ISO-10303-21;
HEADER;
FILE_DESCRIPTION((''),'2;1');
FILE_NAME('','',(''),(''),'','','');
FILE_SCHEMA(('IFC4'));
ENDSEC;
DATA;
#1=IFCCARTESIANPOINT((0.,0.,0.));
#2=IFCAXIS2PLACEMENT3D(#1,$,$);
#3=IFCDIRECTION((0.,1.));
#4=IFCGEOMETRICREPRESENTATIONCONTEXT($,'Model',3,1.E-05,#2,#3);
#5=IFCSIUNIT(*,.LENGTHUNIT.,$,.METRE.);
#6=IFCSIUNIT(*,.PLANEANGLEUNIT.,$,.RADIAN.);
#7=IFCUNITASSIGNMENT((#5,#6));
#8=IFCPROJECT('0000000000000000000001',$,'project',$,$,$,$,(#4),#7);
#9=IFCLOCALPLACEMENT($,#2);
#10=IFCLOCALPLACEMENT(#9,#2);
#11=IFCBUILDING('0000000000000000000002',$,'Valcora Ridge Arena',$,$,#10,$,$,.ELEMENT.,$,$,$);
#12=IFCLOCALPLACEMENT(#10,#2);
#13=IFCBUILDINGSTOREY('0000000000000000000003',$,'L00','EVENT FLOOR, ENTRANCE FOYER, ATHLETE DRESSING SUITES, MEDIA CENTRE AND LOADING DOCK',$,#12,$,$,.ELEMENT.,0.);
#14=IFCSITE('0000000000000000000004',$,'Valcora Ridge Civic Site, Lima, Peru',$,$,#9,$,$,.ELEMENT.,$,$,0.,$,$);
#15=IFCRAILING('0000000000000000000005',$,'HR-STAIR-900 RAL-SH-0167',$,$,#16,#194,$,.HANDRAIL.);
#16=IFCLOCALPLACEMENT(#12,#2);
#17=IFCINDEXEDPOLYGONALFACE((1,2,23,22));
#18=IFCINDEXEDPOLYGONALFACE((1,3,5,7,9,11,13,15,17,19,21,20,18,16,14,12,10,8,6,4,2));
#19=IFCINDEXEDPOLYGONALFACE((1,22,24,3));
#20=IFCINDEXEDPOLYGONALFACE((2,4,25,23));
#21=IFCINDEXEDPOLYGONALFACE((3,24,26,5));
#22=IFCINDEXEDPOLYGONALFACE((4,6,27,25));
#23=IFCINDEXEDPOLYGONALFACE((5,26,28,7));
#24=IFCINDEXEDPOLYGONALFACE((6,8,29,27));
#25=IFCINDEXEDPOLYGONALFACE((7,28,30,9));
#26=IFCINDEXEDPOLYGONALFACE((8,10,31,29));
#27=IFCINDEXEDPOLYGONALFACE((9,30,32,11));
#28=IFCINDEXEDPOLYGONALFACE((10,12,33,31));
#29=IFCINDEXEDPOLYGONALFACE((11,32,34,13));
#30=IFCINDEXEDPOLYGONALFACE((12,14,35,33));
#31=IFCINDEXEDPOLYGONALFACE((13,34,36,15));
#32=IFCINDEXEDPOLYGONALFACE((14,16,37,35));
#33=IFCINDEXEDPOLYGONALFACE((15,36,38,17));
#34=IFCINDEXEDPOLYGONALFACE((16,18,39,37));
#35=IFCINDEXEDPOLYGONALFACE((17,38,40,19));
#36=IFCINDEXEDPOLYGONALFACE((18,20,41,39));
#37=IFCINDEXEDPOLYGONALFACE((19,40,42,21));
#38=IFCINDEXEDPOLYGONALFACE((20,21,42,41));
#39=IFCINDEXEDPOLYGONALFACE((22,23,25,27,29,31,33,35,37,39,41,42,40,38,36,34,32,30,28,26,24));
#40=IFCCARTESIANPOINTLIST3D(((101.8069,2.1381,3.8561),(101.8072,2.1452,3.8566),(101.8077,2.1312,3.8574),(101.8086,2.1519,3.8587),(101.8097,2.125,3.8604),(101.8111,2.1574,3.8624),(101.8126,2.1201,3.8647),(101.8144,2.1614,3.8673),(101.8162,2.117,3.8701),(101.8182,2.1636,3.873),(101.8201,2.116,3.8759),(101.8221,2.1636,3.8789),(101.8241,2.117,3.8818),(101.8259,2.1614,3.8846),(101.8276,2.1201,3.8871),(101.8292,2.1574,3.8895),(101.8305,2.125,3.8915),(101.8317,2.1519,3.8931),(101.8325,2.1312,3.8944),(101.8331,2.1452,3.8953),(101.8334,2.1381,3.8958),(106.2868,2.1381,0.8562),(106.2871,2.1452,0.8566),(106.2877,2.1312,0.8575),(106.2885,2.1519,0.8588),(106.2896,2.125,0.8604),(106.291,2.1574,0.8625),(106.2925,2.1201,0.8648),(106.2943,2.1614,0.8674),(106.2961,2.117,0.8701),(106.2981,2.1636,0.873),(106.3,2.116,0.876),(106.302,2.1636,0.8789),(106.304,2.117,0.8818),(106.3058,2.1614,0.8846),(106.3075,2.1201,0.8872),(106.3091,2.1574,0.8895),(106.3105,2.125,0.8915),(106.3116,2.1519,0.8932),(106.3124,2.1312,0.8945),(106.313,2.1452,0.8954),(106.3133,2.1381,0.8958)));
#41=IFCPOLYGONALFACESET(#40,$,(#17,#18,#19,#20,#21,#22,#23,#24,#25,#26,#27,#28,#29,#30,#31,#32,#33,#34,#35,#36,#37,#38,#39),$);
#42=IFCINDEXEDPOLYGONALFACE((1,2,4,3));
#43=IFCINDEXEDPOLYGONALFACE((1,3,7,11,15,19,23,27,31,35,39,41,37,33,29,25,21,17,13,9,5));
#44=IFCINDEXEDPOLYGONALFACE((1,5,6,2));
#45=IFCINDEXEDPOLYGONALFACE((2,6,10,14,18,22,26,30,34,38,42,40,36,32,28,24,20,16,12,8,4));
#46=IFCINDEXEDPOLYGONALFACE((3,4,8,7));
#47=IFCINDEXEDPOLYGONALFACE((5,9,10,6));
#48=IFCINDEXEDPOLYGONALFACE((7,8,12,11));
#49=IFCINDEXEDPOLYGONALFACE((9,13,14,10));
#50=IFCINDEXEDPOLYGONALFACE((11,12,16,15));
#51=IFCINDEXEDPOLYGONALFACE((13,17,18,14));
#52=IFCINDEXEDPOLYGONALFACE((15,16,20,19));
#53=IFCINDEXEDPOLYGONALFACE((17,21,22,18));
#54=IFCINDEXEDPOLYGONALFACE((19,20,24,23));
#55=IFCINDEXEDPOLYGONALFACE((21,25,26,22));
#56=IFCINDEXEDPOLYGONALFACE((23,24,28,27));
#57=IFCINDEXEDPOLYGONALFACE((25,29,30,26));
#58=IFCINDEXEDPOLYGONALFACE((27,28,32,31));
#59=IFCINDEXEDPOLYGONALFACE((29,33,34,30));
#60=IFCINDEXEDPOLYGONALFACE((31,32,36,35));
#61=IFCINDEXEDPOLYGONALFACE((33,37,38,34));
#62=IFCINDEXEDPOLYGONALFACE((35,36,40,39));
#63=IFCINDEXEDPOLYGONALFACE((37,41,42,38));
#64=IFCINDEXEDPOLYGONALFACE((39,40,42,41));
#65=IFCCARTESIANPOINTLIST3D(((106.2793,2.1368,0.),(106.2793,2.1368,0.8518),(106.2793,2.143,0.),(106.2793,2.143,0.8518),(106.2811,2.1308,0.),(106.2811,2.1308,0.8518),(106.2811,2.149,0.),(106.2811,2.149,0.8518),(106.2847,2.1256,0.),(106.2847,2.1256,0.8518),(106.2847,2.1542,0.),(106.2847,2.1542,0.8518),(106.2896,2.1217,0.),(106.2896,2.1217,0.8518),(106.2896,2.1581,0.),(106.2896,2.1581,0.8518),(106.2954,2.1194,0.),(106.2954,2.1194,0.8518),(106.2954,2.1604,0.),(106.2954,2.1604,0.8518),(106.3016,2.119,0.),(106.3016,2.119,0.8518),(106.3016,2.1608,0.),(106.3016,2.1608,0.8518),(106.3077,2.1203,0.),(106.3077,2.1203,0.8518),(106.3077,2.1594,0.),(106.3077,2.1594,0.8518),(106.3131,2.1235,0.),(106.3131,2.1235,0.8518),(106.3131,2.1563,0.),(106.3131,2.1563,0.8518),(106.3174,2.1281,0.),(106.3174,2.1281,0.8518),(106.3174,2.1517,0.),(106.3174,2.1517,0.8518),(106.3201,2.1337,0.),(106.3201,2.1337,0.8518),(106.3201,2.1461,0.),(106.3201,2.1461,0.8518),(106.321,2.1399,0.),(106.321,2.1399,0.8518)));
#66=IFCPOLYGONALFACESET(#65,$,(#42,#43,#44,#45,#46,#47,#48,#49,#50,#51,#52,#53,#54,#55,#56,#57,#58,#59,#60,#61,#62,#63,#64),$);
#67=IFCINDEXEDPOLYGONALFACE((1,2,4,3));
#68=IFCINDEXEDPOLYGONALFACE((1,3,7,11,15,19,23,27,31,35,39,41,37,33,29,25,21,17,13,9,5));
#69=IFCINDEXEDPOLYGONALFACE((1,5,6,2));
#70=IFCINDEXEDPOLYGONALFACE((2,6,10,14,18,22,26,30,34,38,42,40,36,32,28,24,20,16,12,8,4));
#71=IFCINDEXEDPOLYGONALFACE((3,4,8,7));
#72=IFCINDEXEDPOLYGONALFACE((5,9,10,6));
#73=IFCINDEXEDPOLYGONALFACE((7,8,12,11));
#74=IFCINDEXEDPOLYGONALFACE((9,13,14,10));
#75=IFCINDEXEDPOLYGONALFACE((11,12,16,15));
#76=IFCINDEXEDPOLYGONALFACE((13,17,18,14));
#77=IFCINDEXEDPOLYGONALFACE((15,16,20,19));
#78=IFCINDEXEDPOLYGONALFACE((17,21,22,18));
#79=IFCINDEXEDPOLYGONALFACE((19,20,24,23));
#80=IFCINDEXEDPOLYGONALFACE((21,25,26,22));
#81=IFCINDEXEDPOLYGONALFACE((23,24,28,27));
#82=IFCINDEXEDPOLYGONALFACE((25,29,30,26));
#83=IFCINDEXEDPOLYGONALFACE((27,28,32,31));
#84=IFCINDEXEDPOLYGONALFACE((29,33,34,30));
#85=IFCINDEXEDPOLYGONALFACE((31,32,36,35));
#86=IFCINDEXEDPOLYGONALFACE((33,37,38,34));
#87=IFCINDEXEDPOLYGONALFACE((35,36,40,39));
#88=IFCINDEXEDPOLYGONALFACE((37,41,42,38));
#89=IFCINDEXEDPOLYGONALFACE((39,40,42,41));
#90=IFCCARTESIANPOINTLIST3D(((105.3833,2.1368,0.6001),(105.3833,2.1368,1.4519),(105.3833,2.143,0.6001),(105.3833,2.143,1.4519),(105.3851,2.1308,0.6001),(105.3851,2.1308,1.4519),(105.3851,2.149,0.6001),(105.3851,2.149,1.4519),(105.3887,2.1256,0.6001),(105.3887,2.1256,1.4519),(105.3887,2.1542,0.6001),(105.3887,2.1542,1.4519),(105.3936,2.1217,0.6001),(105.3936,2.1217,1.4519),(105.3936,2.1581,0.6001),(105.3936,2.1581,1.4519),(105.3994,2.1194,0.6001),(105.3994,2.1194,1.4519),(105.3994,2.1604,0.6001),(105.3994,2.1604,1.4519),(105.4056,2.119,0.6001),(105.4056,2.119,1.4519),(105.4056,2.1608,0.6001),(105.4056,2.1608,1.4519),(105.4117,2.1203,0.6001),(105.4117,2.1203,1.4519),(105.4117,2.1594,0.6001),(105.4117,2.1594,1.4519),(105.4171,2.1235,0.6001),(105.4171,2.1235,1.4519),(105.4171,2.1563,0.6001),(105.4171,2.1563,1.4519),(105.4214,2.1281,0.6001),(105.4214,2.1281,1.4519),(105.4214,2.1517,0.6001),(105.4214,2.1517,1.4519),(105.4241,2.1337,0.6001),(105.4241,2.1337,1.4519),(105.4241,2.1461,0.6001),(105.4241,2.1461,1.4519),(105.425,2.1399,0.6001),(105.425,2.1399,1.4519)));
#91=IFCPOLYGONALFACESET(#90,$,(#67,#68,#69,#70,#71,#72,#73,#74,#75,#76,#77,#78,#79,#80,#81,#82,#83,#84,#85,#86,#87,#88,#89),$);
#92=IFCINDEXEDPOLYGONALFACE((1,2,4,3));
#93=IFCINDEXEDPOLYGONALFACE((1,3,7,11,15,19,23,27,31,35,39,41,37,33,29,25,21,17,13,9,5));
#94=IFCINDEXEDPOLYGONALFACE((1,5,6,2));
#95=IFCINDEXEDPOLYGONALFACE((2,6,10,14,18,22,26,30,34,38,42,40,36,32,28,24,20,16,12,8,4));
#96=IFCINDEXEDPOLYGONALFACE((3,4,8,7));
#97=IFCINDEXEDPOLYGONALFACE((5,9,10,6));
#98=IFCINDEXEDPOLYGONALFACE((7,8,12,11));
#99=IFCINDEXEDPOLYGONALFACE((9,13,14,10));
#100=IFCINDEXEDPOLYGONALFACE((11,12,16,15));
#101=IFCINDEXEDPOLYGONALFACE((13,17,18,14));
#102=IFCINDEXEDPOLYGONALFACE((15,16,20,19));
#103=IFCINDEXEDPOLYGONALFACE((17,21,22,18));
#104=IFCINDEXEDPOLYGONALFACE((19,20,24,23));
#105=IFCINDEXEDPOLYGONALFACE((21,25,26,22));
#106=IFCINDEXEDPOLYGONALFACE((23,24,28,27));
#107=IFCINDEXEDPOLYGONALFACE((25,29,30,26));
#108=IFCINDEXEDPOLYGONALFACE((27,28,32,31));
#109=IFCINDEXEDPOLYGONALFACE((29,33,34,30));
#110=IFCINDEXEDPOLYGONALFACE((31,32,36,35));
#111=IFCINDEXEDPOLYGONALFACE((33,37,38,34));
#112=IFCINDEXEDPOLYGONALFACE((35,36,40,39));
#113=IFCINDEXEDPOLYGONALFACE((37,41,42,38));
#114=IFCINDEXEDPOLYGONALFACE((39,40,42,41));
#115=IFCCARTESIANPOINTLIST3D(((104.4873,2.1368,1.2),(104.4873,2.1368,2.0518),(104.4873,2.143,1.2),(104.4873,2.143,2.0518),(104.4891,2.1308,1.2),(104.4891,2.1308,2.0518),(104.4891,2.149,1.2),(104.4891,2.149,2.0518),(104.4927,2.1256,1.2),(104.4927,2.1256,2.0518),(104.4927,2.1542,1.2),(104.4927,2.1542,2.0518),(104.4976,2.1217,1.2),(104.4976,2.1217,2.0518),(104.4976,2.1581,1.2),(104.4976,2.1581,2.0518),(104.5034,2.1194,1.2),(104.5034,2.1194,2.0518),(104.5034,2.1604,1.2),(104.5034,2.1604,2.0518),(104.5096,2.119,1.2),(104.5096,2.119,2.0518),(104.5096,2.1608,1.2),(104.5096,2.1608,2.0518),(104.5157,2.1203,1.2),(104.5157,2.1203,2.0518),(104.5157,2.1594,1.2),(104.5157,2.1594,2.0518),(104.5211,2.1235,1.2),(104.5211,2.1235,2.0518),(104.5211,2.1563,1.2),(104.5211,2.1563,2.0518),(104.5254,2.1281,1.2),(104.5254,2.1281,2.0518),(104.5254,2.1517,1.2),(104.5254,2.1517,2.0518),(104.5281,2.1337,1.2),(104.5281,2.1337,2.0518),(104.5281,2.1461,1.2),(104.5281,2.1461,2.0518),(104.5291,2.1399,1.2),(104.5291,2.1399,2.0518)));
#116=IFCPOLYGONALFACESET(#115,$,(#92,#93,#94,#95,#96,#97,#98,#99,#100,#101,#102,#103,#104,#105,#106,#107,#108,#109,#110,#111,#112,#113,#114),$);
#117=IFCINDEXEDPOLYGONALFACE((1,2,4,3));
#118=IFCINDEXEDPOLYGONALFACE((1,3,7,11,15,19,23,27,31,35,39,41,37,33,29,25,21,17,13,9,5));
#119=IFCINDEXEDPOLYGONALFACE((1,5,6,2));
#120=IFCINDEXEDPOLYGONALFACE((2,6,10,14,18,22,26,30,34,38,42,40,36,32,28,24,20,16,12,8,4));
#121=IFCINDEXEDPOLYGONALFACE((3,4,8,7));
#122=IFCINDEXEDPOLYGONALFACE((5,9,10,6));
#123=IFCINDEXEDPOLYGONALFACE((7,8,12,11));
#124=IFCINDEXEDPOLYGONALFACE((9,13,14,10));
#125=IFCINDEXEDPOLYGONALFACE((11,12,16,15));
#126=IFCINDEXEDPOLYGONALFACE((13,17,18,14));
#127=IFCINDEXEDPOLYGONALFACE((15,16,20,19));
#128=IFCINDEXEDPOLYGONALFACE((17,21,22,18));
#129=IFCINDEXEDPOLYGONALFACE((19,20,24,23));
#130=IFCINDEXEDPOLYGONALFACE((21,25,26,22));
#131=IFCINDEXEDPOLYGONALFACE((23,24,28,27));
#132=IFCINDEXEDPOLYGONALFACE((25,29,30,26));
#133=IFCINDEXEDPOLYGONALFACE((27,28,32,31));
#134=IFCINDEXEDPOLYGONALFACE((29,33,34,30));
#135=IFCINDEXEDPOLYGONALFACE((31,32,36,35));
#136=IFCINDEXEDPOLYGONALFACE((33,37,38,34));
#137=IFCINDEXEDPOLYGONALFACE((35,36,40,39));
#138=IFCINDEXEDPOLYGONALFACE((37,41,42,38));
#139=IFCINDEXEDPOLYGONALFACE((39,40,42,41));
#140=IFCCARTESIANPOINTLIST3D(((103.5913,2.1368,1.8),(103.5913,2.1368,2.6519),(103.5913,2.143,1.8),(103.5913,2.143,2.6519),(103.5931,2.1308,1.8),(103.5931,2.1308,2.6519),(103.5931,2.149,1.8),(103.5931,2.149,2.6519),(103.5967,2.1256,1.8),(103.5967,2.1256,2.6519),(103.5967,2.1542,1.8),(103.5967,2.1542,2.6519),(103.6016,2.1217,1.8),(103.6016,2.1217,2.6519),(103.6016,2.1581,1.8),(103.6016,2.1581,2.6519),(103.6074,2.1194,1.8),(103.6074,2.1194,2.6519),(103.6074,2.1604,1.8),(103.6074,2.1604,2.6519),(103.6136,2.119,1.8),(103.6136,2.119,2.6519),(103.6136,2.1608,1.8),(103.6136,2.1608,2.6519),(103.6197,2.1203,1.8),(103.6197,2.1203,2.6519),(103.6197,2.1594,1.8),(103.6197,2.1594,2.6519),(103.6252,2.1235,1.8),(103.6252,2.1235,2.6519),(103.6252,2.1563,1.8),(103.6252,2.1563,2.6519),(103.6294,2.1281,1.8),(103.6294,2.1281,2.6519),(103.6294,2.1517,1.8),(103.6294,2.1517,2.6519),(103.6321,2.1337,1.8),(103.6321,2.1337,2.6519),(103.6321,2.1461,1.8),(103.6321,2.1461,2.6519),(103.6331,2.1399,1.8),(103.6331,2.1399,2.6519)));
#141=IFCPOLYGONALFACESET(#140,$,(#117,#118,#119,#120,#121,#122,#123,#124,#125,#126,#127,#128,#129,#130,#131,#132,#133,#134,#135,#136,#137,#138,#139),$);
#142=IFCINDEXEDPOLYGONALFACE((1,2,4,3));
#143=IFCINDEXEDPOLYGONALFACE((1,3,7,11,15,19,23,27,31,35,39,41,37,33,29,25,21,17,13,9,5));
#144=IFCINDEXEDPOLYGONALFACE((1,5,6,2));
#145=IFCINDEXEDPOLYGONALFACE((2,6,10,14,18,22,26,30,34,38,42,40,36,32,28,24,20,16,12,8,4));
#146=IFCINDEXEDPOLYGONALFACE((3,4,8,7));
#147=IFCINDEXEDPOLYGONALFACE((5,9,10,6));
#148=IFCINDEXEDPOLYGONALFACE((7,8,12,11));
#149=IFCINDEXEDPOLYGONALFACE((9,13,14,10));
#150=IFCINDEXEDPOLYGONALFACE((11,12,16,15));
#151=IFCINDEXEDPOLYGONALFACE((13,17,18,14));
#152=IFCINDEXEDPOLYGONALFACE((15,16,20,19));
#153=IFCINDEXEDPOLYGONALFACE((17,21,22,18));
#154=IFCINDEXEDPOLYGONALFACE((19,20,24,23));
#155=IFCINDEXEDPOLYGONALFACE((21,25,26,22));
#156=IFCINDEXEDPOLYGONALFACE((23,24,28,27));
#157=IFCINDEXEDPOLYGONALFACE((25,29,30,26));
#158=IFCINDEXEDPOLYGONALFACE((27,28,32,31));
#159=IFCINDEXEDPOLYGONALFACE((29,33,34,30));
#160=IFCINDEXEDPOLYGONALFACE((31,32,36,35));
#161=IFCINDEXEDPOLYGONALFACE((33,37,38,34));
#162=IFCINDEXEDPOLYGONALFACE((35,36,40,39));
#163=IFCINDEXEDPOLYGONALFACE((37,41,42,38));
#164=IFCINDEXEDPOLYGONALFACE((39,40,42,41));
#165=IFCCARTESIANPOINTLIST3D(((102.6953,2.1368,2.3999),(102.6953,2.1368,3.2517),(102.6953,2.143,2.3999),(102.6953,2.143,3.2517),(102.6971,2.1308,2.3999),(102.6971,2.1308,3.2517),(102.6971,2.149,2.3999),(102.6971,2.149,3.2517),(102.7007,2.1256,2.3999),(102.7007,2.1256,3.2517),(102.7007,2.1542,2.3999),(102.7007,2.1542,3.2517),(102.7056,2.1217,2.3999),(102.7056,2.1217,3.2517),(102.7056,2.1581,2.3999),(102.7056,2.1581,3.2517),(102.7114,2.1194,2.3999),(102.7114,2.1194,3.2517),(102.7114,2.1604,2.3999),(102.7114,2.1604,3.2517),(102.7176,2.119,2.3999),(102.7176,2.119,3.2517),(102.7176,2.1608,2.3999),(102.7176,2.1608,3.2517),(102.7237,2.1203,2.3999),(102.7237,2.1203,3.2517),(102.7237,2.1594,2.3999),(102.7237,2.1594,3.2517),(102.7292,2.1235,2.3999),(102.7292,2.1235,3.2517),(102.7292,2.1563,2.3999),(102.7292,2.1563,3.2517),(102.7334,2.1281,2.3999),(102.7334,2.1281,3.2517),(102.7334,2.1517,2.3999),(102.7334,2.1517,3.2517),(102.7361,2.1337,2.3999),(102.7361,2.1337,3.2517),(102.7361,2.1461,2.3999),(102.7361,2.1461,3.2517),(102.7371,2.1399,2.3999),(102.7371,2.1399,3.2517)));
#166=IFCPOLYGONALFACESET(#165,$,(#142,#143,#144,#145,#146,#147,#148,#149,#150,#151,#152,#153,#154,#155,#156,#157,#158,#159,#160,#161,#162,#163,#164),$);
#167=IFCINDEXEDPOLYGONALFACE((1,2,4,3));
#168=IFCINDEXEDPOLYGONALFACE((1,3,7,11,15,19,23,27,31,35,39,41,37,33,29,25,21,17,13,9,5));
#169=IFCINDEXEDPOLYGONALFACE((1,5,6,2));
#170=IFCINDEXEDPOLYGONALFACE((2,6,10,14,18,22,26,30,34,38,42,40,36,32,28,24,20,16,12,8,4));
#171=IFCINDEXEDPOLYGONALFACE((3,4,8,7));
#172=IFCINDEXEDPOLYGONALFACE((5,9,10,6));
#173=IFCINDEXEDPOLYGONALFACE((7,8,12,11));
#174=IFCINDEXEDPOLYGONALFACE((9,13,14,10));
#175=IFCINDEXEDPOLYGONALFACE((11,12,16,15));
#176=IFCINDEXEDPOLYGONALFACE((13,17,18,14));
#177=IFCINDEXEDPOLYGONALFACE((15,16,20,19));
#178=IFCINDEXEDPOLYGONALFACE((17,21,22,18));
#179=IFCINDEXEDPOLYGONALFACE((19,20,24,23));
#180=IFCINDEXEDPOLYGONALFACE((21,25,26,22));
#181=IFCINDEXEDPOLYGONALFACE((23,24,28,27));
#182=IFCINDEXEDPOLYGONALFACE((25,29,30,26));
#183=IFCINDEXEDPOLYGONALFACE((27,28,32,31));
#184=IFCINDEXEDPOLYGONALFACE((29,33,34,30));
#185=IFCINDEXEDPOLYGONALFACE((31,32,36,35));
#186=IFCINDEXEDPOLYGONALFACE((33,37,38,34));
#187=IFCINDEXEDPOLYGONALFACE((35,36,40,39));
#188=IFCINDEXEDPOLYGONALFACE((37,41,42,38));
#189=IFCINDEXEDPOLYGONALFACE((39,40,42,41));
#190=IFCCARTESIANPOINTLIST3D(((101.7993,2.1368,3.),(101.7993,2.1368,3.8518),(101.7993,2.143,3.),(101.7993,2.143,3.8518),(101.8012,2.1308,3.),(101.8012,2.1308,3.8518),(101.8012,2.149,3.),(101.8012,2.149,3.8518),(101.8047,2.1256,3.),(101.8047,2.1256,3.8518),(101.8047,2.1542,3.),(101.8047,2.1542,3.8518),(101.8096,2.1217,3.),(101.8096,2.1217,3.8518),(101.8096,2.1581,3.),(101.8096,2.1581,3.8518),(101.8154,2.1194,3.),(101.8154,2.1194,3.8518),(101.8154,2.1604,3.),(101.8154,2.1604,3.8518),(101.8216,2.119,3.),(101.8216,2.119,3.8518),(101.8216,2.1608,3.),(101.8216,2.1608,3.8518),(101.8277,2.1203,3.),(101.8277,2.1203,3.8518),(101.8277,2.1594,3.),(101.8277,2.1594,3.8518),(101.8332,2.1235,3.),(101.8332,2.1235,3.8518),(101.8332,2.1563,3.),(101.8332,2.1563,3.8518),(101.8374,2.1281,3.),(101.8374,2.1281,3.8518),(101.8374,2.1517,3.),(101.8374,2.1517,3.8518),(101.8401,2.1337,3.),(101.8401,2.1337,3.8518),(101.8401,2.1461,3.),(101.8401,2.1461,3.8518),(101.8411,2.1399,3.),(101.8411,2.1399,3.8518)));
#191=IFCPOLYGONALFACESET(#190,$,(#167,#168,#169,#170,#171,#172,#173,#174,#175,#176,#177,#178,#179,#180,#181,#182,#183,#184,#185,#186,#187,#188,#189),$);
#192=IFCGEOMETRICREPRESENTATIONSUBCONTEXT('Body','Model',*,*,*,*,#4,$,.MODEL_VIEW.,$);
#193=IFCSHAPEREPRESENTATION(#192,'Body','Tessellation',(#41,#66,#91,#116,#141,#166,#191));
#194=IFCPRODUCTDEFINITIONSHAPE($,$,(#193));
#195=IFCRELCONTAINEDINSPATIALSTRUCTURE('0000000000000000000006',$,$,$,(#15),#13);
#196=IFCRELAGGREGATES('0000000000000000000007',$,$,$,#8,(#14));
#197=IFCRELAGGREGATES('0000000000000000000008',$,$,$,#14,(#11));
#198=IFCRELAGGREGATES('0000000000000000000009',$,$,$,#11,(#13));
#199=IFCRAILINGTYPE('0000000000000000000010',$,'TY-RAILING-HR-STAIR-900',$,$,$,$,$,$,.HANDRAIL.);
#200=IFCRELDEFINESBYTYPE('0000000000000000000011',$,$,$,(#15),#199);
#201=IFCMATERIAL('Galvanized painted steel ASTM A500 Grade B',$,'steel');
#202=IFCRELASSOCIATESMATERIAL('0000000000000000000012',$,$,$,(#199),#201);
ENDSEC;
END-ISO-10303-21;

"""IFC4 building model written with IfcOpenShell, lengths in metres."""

from ifc_helpers import new_model, si_unit, direction, frame, origin, origin_2d, place, context, subcontext, project, spatial, circle, extrude, material, type_object, element, save


model = new_model("IFC4")

# Units and contexts
model_context = context("Model", 3, precision=1e-05, world=origin(), true_north=direction((0.0, 1.0)))
body_context = subcontext(model_context, "Body", "Model", "MODEL_VIEW")
ifc_project = project(units=[si_unit("LENGTHUNIT", "METRE"), si_unit("PLANEANGLEUNIT", "RADIAN")], contexts=[model_context])

# Site, building, storey
site_placement = place(None, origin())
site = spatial("IfcSite", under=ifc_project, at=site_placement, Name="Valcora Ridge Civic Site, Lima, Peru", CompositionType="ELEMENT", RefElevation=0.0)
building_placement = place(site_placement, origin())
building = spatial("IfcBuilding", under=site, at=building_placement, Name="Valcora Ridge Arena", CompositionType="ELEMENT")
storey_placement = place(building_placement, origin())
storey = spatial("IfcBuildingStorey", under=building, at=storey_placement, Name="L00", Description="EVENT FLOOR, ENTRANCE FOYER, ATHLETE DRESSING SUITES, MEDIA CENTRE AND LOADING DOCK", CompositionType="ELEMENT", Elevation=0.0)

# Railing
ifc_material_1 = material(Name="Galvanized painted steel ASTM A500 Grade B", Category="steel")
railing_type_1 = type_object("IfcRailingType", Name="TY-RAILING-HR-STAIR-900", PredefinedType="HANDRAIL", material=ifc_material_1)
railing_1_placement = place(storey_placement, frame((106.3, 2.1399, 0.0)))
element("IfcRailing", 1, at=railing_1_placement, inside=storey, type_object=railing_type_1, Name="HR-STAIR-900 RAL-SH-0167", PredefinedType="HANDRAIL", context=body_context, shape_type="SweptSolid", body=[
    extrude(circle(Radius=0.0239, at=origin_2d()), frame((0.0, 0.0, 0.876), z_axis=(-0.830906, 0.0, 0.556413), x_axis=(0.0, -1.0, 0.0)), (0.0, 0.0, 1.0), 5.3916),
    extrude(circle(Radius=0.021, at=origin_2d()), origin(), (0.0, 0.0, 1.0), 0.8518),
    extrude(circle(Radius=0.021, at=origin_2d()), frame((-0.896, 0.0, 0.6001)), (0.0, 0.0, 1.0), 0.8518),
    extrude(circle(Radius=0.021, at=origin_2d()), frame((-1.792, 0.0, 1.2)), (0.0, 0.0, 1.0), 0.8518),
    extrude(circle(Radius=0.021, at=origin_2d()), frame((-2.688, 0.0, 1.8)), (0.0, 0.0, 1.0), 0.8518),
    extrude(circle(Radius=0.021, at=origin_2d()), frame((-3.584, 0.0, 2.3999)), (0.0, 0.0, 1.0), 0.8518),
    extrude(circle(Radius=0.021, at=origin_2d()), frame((-4.48, 0.0, 3.0)), (0.0, 0.0, 1.0), 0.8518),
])

save(model, "model.ifc")
